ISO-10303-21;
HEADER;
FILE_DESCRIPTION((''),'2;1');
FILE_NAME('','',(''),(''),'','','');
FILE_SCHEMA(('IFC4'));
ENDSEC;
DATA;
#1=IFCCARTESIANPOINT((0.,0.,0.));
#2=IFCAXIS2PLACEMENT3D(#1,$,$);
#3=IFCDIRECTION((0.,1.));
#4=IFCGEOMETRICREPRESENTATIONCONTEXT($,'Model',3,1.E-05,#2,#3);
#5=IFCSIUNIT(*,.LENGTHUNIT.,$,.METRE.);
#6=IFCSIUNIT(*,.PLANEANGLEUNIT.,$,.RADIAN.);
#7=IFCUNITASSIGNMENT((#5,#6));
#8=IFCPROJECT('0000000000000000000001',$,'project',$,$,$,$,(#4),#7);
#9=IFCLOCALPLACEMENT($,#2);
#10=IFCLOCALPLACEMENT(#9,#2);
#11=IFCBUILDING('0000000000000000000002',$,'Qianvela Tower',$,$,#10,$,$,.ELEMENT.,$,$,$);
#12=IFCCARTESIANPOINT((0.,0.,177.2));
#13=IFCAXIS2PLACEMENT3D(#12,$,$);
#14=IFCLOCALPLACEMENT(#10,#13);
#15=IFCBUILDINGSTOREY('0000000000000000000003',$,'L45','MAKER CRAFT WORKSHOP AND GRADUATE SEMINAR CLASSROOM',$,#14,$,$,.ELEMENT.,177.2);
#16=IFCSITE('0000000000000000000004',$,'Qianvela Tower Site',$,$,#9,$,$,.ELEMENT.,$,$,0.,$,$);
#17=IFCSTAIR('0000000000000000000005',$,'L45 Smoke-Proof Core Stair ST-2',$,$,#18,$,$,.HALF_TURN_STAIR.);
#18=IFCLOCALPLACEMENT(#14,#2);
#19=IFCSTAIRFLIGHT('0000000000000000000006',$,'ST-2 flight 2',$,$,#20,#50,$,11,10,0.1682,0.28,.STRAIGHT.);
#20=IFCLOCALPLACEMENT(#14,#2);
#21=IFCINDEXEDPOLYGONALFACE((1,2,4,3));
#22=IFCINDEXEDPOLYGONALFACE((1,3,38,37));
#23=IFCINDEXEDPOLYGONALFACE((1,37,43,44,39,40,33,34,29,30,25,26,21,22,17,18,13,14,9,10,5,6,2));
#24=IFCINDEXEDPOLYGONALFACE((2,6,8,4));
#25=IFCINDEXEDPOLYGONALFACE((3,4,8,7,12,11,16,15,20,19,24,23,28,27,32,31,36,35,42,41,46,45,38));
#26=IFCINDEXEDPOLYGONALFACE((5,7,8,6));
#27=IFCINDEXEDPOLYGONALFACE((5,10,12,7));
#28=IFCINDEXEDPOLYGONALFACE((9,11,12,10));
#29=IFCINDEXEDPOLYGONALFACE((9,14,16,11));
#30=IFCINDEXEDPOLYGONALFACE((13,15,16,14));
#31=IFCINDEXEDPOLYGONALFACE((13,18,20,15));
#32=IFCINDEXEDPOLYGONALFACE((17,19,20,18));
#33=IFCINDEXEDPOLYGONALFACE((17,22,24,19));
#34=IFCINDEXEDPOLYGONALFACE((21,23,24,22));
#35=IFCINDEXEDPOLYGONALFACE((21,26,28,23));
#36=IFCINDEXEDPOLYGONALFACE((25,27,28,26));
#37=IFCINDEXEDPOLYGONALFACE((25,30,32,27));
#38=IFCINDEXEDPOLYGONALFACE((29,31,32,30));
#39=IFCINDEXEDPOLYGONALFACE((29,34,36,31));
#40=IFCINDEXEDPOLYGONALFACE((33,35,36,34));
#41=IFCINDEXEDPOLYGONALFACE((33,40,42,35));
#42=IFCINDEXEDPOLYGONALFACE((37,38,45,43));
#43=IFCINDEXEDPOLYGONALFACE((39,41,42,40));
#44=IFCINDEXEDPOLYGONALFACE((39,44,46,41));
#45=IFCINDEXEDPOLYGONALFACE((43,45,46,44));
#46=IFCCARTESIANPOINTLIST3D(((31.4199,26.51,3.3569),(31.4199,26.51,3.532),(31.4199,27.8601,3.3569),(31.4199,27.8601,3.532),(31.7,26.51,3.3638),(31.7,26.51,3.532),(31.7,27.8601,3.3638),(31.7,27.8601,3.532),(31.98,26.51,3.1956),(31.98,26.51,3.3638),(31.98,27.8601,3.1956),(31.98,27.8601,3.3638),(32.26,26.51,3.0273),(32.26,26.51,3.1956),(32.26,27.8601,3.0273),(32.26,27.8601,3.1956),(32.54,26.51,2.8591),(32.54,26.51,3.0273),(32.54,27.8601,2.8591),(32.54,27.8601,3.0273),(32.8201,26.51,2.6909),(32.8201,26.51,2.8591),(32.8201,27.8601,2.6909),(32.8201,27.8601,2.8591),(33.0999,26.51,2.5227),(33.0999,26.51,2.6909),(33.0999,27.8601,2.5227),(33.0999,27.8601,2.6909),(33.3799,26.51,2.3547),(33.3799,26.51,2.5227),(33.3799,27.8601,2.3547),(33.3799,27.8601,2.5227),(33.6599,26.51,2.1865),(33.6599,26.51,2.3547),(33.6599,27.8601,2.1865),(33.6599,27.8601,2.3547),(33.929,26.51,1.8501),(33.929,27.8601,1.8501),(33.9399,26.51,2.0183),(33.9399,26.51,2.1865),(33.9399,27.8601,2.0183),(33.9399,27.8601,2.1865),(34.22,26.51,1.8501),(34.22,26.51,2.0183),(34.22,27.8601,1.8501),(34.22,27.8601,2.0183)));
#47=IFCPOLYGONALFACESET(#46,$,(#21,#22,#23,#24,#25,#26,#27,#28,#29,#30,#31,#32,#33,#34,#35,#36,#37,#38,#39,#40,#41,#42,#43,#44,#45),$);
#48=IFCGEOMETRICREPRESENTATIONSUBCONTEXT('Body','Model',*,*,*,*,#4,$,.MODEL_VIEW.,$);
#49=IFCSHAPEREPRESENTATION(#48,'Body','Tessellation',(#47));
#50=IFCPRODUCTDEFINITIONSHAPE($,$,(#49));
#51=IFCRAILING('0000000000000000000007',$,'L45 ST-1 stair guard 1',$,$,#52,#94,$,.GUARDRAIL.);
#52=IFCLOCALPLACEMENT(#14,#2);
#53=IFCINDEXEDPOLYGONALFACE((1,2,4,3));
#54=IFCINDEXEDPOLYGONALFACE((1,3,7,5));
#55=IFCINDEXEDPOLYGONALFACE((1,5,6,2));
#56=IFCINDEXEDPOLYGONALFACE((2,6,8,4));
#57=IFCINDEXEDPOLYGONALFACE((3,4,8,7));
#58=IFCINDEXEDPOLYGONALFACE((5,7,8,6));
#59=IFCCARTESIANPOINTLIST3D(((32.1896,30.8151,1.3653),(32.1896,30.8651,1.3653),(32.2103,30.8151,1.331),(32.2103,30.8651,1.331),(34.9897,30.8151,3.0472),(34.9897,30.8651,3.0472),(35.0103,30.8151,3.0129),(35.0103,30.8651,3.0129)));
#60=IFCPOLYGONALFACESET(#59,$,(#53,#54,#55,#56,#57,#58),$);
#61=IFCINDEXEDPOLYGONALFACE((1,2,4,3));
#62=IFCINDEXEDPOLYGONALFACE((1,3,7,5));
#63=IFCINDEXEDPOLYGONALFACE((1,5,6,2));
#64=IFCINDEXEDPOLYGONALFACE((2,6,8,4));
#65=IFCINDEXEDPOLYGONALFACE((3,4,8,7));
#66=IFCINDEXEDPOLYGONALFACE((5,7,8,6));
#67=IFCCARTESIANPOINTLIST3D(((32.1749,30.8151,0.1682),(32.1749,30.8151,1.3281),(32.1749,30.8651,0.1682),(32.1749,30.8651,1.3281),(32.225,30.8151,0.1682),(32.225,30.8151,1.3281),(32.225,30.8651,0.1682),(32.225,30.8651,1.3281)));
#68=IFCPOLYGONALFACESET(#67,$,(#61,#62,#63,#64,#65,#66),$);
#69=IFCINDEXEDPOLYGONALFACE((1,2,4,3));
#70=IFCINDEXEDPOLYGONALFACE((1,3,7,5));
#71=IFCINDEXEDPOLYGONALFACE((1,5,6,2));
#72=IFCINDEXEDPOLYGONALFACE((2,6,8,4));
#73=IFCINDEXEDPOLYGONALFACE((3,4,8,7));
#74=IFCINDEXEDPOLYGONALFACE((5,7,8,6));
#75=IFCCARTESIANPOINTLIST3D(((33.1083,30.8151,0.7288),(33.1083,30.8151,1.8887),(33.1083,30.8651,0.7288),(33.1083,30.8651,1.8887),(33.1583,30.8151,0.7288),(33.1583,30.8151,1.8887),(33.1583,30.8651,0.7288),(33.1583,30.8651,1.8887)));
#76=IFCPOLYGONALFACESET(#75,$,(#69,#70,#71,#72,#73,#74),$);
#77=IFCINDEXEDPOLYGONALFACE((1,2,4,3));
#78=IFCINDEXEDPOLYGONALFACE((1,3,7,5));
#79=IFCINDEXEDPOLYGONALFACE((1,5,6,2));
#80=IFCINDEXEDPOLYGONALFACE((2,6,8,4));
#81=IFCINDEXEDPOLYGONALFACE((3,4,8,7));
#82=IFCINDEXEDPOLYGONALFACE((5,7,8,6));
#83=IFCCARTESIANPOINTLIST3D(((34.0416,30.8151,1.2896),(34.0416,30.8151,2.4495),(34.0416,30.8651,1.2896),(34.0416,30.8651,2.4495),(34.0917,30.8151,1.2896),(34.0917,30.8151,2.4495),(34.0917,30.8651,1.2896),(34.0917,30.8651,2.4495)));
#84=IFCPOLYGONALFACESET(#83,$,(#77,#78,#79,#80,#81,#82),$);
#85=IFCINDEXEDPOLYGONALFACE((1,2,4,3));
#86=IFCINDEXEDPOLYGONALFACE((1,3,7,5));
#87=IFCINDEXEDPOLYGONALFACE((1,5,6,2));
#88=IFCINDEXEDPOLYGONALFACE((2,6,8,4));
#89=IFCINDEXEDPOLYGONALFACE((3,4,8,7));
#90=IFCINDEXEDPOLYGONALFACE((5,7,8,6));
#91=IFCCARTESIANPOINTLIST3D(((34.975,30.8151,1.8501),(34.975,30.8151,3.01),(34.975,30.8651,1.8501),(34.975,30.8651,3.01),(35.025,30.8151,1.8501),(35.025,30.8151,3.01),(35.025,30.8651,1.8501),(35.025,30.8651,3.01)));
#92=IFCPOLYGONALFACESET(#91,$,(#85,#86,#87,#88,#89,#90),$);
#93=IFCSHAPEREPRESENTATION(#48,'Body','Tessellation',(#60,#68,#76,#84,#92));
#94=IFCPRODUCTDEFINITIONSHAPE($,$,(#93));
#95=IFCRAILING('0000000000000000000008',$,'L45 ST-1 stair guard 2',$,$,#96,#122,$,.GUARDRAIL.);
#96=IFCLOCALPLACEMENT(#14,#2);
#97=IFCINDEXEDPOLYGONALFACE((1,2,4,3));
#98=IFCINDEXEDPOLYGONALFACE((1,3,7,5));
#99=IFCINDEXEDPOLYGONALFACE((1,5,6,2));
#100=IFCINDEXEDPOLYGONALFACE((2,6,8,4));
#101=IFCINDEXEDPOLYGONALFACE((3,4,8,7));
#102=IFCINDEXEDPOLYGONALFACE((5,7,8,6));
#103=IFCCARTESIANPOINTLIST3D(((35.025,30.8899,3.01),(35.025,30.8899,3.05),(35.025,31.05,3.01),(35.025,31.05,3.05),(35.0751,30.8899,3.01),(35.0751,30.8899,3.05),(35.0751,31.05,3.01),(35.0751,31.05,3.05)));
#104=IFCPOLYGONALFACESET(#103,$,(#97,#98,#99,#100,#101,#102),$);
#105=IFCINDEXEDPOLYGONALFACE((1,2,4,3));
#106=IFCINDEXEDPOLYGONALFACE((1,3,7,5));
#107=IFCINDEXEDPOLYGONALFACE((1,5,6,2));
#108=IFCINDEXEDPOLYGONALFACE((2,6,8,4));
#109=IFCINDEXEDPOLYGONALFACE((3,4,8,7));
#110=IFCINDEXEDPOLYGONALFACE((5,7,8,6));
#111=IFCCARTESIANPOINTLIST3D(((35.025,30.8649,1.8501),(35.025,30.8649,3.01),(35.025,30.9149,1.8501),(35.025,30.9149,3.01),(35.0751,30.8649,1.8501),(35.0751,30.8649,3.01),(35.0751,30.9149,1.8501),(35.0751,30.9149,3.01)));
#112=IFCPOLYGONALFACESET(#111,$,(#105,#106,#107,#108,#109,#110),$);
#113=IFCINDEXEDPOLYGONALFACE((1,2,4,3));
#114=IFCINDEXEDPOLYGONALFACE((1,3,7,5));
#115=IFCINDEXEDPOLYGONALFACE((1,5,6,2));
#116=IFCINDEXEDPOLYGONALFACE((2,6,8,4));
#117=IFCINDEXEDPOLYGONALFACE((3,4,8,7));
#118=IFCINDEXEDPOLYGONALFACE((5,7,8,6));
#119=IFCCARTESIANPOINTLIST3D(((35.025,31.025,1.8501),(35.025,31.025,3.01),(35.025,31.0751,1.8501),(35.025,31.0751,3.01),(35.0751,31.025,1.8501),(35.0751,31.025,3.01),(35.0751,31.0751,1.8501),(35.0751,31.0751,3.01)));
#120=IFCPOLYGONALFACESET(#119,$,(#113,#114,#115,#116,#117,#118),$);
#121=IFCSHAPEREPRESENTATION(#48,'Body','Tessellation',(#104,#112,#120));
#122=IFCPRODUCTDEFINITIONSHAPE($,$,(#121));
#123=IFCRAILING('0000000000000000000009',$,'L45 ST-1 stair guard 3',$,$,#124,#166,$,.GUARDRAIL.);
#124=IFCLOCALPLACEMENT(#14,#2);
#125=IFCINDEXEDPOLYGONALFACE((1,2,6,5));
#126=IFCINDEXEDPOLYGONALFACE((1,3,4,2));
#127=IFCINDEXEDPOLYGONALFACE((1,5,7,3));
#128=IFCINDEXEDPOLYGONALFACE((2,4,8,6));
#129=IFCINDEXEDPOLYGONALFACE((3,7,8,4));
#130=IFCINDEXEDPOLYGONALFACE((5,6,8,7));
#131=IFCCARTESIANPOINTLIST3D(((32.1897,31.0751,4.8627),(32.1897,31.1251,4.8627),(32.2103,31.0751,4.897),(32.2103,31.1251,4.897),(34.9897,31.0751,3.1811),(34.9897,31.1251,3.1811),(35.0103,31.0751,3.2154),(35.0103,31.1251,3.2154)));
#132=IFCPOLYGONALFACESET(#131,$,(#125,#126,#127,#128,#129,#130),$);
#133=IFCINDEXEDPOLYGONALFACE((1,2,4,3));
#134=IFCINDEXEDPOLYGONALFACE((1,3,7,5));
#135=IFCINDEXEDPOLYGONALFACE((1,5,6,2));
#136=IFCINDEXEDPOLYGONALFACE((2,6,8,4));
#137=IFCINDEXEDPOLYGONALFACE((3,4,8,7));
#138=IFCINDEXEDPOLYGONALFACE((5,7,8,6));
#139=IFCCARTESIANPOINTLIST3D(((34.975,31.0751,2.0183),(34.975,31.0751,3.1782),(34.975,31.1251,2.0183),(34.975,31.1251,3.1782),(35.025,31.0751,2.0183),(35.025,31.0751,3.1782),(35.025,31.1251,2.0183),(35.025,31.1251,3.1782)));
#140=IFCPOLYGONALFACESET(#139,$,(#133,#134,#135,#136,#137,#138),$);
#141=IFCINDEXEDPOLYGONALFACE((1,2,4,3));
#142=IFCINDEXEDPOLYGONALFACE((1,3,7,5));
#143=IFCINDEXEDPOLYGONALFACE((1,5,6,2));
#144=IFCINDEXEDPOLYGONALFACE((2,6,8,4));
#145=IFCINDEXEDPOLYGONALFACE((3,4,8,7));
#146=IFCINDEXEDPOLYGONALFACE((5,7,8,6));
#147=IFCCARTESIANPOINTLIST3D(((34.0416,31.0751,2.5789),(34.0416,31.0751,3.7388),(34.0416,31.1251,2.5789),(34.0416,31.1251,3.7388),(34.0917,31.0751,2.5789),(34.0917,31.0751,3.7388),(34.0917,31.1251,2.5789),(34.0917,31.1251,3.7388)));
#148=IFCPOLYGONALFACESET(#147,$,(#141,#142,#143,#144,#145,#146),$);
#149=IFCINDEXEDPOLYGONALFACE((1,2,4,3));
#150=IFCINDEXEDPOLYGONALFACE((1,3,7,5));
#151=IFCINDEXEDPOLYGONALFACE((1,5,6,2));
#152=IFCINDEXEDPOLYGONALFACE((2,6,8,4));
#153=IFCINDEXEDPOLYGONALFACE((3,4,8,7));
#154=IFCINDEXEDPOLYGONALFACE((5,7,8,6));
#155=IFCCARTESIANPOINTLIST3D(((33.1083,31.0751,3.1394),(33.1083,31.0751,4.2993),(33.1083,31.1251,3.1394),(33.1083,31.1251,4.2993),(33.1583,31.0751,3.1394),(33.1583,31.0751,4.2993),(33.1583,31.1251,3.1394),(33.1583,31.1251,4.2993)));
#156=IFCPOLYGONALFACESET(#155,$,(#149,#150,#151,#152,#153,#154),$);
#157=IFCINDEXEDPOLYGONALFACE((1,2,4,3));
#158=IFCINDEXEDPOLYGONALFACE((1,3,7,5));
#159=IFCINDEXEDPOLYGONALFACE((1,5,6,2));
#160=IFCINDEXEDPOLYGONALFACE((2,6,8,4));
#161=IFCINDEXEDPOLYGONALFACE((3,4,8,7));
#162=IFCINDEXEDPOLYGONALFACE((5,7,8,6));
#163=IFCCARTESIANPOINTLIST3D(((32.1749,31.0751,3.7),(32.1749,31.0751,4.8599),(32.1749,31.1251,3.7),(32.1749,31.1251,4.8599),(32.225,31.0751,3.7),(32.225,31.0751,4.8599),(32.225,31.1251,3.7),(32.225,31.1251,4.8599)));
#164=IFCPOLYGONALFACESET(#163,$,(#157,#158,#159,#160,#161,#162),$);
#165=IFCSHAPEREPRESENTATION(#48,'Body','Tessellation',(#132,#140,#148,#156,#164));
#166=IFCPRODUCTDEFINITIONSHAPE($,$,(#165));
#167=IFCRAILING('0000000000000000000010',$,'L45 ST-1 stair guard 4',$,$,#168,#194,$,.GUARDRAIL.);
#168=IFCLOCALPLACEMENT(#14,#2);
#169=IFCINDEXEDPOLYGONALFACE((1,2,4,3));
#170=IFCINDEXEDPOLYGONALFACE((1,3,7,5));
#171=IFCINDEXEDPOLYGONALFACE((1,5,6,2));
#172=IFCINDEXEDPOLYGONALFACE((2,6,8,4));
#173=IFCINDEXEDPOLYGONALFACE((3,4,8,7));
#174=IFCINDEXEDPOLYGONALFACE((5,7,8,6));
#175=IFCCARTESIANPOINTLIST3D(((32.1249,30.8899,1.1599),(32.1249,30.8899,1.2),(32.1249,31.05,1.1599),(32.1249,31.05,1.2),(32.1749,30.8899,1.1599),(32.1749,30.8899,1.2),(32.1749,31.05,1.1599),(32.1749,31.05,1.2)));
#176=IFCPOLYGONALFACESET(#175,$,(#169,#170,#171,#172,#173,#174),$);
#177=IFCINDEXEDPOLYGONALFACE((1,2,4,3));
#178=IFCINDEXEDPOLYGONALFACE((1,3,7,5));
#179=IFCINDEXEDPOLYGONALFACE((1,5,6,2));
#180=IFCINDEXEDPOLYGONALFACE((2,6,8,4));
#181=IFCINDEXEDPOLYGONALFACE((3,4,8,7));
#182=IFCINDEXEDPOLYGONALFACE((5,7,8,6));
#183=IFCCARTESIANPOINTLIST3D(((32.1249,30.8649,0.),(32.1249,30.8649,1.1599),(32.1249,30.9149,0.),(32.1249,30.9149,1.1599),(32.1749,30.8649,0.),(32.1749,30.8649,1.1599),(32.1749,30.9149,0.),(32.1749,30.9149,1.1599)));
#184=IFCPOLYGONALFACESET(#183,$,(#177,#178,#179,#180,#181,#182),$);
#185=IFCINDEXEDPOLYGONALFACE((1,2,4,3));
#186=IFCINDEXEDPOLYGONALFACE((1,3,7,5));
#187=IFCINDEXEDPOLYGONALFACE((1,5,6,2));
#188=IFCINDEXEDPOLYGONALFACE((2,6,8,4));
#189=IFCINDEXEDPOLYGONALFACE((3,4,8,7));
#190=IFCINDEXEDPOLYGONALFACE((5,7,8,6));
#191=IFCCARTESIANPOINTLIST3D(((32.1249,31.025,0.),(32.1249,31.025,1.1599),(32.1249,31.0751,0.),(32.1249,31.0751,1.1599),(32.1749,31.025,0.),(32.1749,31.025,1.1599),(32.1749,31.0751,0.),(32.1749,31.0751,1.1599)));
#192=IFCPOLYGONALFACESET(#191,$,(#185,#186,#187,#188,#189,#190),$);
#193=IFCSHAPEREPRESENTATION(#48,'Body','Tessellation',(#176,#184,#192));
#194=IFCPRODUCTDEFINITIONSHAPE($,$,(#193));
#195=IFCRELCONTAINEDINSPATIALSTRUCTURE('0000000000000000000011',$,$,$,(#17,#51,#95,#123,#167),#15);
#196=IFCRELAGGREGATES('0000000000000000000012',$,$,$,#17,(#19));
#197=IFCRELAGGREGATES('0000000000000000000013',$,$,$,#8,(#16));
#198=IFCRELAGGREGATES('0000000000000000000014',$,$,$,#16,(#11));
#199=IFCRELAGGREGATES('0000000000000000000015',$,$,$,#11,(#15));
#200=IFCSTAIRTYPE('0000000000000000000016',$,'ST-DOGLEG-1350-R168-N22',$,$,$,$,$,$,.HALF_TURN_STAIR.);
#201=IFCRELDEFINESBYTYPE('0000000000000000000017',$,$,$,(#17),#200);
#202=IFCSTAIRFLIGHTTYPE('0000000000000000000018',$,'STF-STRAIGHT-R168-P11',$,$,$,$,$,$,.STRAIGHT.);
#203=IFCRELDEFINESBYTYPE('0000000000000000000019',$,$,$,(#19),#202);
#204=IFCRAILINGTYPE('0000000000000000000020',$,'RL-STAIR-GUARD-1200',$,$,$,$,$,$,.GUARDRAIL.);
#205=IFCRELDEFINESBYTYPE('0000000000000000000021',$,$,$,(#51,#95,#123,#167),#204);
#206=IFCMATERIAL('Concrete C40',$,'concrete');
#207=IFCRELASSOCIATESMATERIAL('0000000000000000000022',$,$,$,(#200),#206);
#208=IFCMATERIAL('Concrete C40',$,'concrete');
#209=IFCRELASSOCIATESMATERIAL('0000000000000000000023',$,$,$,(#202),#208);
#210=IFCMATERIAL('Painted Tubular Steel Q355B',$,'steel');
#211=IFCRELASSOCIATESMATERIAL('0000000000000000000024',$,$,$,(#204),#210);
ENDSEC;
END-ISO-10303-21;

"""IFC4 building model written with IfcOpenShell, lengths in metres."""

from ifc_helpers import new_model, si_unit, direction, frame, origin, origin_2d, place, context, subcontext, project, spatial, polyline, rectangle, outline, extrude, material, type_object, element, aggregate, save


model = new_model("IFC4")

# Units and contexts
model_context = context("Model", 3, precision=1e-05, world=origin(), true_north=direction((0.0, 1.0)))
body_context = subcontext(model_context, "Body", "Model", "MODEL_VIEW")
ifc_project = project(units=[si_unit("LENGTHUNIT", "METRE"), si_unit("PLANEANGLEUNIT", "RADIAN")], contexts=[model_context])

# Site, building, storey
site_placement = place(None, origin())
site = spatial("IfcSite", under=ifc_project, at=site_placement, Name="Qianvela Tower Site", CompositionType="ELEMENT", RefElevation=0.0)
building_placement = place(site_placement, origin())
building = spatial("IfcBuilding", under=site, at=building_placement, Name="Qianvela Tower", CompositionType="ELEMENT")
storey_placement = place(building_placement, frame((0.0, 0.0, 177.2)))
storey = spatial("IfcBuildingStorey", under=building, at=storey_placement, Name="L45", Description="MAKER CRAFT WORKSHOP AND GRADUATE SEMINAR CLASSROOM", CompositionType="ELEMENT", Elevation=177.2)

# Shared definitions
ifc_material_1 = material(Name="Concrete C40", Category="concrete")
stair_type = type_object("IfcStairType", Name="ST-DOGLEG-1350-R168-N22", PredefinedType="HALF_TURN_STAIR", material=ifc_material_1)
ifc_material_2 = material(Name="Concrete C40", Category="concrete")
stair_flight_type = type_object("IfcStairFlightType", Name="STF-STRAIGHT-R168-P11", PredefinedType="STRAIGHT", material=ifc_material_2)

# Stair, stair flight
stair_1_placement = place(storey_placement, origin())
stair_1 = element("IfcStair", 1, at=stair_1_placement, inside=storey, type_object=stair_type, Name="L45 Smoke-Proof Core Stair ST-2", PredefinedType="HALF_TURN_STAIR")
stair_flight_1_placement = place(storey_placement, frame((34.22, 27.1851, 1.8501), z_axis=(0.0, 0.0, 1.0), x_axis=(-1.0, 0.0, 0.0)))
stair_flight_1 = element("IfcStairFlight", 2, at=stair_flight_1_placement, type_object=stair_flight_type, Name="ST-2 flight 2", NumberOfRisers=11, NumberOfTreads=10, PredefinedType="STRAIGHT", RiserHeight=0.1682, TreadLength=0.28, context=body_context, shape_type="SweptSolid", body=[
    extrude(outline(polyline([(0.0, 0.0), (0.0, 0.1682), (0.28, 0.1682), (0.28, 0.3364), (0.5601, 0.3364), (0.5601, 0.5046), (0.8401, 0.5046), (0.8401, 0.6726), (1.1201, 0.6726), (1.1201, 0.8408), (1.3999, 0.8408), (1.3999, 1.009), (1.6799, 1.009), (1.6799, 1.1772), (1.96, 1.1772), (1.96, 1.3455), (2.24, 1.3455), (2.24, 1.5137), (2.52, 1.5137), (2.52, 1.6819), (2.8, 1.6819), (2.8, 1.8501), (2.8, 1.5068), (0.291, 0.0), (0.0, 0.0)])), frame((0.0, 0.675, 0.0), z_axis=(0.0, -1.0, 0.0), x_axis=(1.0, 0.0, 0.0)), (0.0, 0.0, 1.0), 1.3501),
])
aggregate(stair_1, [stair_flight_1])

# Railings
ifc_material_3 = material(Name="Painted Tubular Steel Q355B", Category="steel")
railing_type_1 = type_object("IfcRailingType", Name="RL-STAIR-GUARD-1200", PredefinedType="GUARDRAIL", material=ifc_material_3)
railing_1_placement = place(storey_placement, frame((32.2, 30.8401, 0.1682)))
element("IfcRailing", 3, at=railing_1_placement, inside=storey, type_object=railing_type_1, Name="L45 ST-1 stair guard 1", PredefinedType="GUARDRAIL", context=body_context, shape_type="SweptSolid", body=[
    extrude(rectangle(XDim=0.05, YDim=0.04, at=origin_2d()), frame((0.0, 0.0, 1.1799), z_axis=(0.857242, 0.0, 0.514913), x_axis=(0.0, 1.0, 0.0)), (0.0, 0.0, 1.0), 3.2664),
    extrude(rectangle(XDim=0.05, YDim=0.05, at=origin_2d()), origin(), (0.0, 0.0, 1.0), 1.1599),
    extrude(rectangle(XDim=0.05, YDim=0.05, at=origin_2d()), frame((0.9333, 0.0, 0.5605)), (0.0, 0.0, 1.0), 1.1599),
    extrude(rectangle(XDim=0.05, YDim=0.05, at=origin_2d()), frame((1.8667, 0.0, 1.1213)), (0.0, 0.0, 1.0), 1.1599),
    extrude(rectangle(XDim=0.05, YDim=0.05, at=origin_2d()), frame((2.8, 0.0, 1.6819)), (0.0, 0.0, 1.0), 1.1599),
])
railing_2_placement = place(storey_placement, frame((35.05, 30.8899, 1.8501)))
element("IfcRailing", 4, at=railing_2_placement, inside=storey, type_object=railing_type_1, Name="L45 ST-1 stair guard 2", PredefinedType="GUARDRAIL", context=body_context, shape_type="SweptSolid", body=[
    extrude(rectangle(XDim=0.05, YDim=0.04, at=origin_2d()), frame((0.0, 0.0, 1.1799), z_axis=(0.0, 1.0, 0.0), x_axis=(-1.0, 0.0, 0.0)), (0.0, 0.0, 1.0), 0.1602),
    extrude(rectangle(XDim=0.05, YDim=0.05, at=origin_2d()), origin(), (0.0, 0.0, 1.0), 1.1599),
    extrude(rectangle(XDim=0.05, YDim=0.05, at=origin_2d()), frame((0.0, 0.1602, 0.0)), (0.0, 0.0, 1.0), 1.1599),
])
railing_3_placement = place(storey_placement, frame((35.0, 31.1001, 2.0183)))
element("IfcRailing", 5, at=railing_3_placement, inside=storey, type_object=railing_type_1, Name="L45 ST-1 stair guard 3", PredefinedType="GUARDRAIL", context=body_context, shape_type="SweptSolid", body=[
    extrude(rectangle(XDim=0.05, YDim=0.04, at=origin_2d()), frame((0.0, 0.0, 1.1799), z_axis=(-0.857275, 0.0, 0.514858), x_axis=(0.0, -1.0, 0.0)), (0.0, 0.0, 1.0), 3.2661),
    extrude(rectangle(XDim=0.05, YDim=0.05, at=origin_2d()), origin(), (0.0, 0.0, 1.0), 1.1599),
    extrude(rectangle(XDim=0.05, YDim=0.05, at=origin_2d()), frame((-0.9333, 0.0, 0.5605)), (0.0, 0.0, 1.0), 1.1599),
    extrude(rectangle(XDim=0.05, YDim=0.05, at=origin_2d()), frame((-1.8667, 0.0, 1.1211)), (0.0, 0.0, 1.0), 1.1599),
    extrude(rectangle(XDim=0.05, YDim=0.05, at=origin_2d()), frame((-2.8, 0.0, 1.6816)), (0.0, 0.0, 1.0), 1.1599),
])
railing_4_placement = place(storey_placement, frame((32.1499, 30.8899, 0.0)))
element("IfcRailing", 6, at=railing_4_placement, inside=storey, type_object=railing_type_1, Name="L45 ST-1 stair guard 4", PredefinedType="GUARDRAIL", context=body_context, shape_type="SweptSolid", body=[
    extrude(rectangle(XDim=0.05, YDim=0.04, at=origin_2d()), frame((0.0, 0.0, 1.1799), z_axis=(0.0, 1.0, 0.0), x_axis=(-1.0, 0.0, 0.0)), (0.0, 0.0, 1.0), 0.1602),
    extrude(rectangle(XDim=0.05, YDim=0.05, at=origin_2d()), origin(), (0.0, 0.0, 1.0), 1.1599),
    extrude(rectangle(XDim=0.05, YDim=0.05, at=origin_2d()), frame((0.0, 0.1602, 0.0)), (0.0, 0.0, 1.0), 1.1599),
])

save(model, "model.ifc")
